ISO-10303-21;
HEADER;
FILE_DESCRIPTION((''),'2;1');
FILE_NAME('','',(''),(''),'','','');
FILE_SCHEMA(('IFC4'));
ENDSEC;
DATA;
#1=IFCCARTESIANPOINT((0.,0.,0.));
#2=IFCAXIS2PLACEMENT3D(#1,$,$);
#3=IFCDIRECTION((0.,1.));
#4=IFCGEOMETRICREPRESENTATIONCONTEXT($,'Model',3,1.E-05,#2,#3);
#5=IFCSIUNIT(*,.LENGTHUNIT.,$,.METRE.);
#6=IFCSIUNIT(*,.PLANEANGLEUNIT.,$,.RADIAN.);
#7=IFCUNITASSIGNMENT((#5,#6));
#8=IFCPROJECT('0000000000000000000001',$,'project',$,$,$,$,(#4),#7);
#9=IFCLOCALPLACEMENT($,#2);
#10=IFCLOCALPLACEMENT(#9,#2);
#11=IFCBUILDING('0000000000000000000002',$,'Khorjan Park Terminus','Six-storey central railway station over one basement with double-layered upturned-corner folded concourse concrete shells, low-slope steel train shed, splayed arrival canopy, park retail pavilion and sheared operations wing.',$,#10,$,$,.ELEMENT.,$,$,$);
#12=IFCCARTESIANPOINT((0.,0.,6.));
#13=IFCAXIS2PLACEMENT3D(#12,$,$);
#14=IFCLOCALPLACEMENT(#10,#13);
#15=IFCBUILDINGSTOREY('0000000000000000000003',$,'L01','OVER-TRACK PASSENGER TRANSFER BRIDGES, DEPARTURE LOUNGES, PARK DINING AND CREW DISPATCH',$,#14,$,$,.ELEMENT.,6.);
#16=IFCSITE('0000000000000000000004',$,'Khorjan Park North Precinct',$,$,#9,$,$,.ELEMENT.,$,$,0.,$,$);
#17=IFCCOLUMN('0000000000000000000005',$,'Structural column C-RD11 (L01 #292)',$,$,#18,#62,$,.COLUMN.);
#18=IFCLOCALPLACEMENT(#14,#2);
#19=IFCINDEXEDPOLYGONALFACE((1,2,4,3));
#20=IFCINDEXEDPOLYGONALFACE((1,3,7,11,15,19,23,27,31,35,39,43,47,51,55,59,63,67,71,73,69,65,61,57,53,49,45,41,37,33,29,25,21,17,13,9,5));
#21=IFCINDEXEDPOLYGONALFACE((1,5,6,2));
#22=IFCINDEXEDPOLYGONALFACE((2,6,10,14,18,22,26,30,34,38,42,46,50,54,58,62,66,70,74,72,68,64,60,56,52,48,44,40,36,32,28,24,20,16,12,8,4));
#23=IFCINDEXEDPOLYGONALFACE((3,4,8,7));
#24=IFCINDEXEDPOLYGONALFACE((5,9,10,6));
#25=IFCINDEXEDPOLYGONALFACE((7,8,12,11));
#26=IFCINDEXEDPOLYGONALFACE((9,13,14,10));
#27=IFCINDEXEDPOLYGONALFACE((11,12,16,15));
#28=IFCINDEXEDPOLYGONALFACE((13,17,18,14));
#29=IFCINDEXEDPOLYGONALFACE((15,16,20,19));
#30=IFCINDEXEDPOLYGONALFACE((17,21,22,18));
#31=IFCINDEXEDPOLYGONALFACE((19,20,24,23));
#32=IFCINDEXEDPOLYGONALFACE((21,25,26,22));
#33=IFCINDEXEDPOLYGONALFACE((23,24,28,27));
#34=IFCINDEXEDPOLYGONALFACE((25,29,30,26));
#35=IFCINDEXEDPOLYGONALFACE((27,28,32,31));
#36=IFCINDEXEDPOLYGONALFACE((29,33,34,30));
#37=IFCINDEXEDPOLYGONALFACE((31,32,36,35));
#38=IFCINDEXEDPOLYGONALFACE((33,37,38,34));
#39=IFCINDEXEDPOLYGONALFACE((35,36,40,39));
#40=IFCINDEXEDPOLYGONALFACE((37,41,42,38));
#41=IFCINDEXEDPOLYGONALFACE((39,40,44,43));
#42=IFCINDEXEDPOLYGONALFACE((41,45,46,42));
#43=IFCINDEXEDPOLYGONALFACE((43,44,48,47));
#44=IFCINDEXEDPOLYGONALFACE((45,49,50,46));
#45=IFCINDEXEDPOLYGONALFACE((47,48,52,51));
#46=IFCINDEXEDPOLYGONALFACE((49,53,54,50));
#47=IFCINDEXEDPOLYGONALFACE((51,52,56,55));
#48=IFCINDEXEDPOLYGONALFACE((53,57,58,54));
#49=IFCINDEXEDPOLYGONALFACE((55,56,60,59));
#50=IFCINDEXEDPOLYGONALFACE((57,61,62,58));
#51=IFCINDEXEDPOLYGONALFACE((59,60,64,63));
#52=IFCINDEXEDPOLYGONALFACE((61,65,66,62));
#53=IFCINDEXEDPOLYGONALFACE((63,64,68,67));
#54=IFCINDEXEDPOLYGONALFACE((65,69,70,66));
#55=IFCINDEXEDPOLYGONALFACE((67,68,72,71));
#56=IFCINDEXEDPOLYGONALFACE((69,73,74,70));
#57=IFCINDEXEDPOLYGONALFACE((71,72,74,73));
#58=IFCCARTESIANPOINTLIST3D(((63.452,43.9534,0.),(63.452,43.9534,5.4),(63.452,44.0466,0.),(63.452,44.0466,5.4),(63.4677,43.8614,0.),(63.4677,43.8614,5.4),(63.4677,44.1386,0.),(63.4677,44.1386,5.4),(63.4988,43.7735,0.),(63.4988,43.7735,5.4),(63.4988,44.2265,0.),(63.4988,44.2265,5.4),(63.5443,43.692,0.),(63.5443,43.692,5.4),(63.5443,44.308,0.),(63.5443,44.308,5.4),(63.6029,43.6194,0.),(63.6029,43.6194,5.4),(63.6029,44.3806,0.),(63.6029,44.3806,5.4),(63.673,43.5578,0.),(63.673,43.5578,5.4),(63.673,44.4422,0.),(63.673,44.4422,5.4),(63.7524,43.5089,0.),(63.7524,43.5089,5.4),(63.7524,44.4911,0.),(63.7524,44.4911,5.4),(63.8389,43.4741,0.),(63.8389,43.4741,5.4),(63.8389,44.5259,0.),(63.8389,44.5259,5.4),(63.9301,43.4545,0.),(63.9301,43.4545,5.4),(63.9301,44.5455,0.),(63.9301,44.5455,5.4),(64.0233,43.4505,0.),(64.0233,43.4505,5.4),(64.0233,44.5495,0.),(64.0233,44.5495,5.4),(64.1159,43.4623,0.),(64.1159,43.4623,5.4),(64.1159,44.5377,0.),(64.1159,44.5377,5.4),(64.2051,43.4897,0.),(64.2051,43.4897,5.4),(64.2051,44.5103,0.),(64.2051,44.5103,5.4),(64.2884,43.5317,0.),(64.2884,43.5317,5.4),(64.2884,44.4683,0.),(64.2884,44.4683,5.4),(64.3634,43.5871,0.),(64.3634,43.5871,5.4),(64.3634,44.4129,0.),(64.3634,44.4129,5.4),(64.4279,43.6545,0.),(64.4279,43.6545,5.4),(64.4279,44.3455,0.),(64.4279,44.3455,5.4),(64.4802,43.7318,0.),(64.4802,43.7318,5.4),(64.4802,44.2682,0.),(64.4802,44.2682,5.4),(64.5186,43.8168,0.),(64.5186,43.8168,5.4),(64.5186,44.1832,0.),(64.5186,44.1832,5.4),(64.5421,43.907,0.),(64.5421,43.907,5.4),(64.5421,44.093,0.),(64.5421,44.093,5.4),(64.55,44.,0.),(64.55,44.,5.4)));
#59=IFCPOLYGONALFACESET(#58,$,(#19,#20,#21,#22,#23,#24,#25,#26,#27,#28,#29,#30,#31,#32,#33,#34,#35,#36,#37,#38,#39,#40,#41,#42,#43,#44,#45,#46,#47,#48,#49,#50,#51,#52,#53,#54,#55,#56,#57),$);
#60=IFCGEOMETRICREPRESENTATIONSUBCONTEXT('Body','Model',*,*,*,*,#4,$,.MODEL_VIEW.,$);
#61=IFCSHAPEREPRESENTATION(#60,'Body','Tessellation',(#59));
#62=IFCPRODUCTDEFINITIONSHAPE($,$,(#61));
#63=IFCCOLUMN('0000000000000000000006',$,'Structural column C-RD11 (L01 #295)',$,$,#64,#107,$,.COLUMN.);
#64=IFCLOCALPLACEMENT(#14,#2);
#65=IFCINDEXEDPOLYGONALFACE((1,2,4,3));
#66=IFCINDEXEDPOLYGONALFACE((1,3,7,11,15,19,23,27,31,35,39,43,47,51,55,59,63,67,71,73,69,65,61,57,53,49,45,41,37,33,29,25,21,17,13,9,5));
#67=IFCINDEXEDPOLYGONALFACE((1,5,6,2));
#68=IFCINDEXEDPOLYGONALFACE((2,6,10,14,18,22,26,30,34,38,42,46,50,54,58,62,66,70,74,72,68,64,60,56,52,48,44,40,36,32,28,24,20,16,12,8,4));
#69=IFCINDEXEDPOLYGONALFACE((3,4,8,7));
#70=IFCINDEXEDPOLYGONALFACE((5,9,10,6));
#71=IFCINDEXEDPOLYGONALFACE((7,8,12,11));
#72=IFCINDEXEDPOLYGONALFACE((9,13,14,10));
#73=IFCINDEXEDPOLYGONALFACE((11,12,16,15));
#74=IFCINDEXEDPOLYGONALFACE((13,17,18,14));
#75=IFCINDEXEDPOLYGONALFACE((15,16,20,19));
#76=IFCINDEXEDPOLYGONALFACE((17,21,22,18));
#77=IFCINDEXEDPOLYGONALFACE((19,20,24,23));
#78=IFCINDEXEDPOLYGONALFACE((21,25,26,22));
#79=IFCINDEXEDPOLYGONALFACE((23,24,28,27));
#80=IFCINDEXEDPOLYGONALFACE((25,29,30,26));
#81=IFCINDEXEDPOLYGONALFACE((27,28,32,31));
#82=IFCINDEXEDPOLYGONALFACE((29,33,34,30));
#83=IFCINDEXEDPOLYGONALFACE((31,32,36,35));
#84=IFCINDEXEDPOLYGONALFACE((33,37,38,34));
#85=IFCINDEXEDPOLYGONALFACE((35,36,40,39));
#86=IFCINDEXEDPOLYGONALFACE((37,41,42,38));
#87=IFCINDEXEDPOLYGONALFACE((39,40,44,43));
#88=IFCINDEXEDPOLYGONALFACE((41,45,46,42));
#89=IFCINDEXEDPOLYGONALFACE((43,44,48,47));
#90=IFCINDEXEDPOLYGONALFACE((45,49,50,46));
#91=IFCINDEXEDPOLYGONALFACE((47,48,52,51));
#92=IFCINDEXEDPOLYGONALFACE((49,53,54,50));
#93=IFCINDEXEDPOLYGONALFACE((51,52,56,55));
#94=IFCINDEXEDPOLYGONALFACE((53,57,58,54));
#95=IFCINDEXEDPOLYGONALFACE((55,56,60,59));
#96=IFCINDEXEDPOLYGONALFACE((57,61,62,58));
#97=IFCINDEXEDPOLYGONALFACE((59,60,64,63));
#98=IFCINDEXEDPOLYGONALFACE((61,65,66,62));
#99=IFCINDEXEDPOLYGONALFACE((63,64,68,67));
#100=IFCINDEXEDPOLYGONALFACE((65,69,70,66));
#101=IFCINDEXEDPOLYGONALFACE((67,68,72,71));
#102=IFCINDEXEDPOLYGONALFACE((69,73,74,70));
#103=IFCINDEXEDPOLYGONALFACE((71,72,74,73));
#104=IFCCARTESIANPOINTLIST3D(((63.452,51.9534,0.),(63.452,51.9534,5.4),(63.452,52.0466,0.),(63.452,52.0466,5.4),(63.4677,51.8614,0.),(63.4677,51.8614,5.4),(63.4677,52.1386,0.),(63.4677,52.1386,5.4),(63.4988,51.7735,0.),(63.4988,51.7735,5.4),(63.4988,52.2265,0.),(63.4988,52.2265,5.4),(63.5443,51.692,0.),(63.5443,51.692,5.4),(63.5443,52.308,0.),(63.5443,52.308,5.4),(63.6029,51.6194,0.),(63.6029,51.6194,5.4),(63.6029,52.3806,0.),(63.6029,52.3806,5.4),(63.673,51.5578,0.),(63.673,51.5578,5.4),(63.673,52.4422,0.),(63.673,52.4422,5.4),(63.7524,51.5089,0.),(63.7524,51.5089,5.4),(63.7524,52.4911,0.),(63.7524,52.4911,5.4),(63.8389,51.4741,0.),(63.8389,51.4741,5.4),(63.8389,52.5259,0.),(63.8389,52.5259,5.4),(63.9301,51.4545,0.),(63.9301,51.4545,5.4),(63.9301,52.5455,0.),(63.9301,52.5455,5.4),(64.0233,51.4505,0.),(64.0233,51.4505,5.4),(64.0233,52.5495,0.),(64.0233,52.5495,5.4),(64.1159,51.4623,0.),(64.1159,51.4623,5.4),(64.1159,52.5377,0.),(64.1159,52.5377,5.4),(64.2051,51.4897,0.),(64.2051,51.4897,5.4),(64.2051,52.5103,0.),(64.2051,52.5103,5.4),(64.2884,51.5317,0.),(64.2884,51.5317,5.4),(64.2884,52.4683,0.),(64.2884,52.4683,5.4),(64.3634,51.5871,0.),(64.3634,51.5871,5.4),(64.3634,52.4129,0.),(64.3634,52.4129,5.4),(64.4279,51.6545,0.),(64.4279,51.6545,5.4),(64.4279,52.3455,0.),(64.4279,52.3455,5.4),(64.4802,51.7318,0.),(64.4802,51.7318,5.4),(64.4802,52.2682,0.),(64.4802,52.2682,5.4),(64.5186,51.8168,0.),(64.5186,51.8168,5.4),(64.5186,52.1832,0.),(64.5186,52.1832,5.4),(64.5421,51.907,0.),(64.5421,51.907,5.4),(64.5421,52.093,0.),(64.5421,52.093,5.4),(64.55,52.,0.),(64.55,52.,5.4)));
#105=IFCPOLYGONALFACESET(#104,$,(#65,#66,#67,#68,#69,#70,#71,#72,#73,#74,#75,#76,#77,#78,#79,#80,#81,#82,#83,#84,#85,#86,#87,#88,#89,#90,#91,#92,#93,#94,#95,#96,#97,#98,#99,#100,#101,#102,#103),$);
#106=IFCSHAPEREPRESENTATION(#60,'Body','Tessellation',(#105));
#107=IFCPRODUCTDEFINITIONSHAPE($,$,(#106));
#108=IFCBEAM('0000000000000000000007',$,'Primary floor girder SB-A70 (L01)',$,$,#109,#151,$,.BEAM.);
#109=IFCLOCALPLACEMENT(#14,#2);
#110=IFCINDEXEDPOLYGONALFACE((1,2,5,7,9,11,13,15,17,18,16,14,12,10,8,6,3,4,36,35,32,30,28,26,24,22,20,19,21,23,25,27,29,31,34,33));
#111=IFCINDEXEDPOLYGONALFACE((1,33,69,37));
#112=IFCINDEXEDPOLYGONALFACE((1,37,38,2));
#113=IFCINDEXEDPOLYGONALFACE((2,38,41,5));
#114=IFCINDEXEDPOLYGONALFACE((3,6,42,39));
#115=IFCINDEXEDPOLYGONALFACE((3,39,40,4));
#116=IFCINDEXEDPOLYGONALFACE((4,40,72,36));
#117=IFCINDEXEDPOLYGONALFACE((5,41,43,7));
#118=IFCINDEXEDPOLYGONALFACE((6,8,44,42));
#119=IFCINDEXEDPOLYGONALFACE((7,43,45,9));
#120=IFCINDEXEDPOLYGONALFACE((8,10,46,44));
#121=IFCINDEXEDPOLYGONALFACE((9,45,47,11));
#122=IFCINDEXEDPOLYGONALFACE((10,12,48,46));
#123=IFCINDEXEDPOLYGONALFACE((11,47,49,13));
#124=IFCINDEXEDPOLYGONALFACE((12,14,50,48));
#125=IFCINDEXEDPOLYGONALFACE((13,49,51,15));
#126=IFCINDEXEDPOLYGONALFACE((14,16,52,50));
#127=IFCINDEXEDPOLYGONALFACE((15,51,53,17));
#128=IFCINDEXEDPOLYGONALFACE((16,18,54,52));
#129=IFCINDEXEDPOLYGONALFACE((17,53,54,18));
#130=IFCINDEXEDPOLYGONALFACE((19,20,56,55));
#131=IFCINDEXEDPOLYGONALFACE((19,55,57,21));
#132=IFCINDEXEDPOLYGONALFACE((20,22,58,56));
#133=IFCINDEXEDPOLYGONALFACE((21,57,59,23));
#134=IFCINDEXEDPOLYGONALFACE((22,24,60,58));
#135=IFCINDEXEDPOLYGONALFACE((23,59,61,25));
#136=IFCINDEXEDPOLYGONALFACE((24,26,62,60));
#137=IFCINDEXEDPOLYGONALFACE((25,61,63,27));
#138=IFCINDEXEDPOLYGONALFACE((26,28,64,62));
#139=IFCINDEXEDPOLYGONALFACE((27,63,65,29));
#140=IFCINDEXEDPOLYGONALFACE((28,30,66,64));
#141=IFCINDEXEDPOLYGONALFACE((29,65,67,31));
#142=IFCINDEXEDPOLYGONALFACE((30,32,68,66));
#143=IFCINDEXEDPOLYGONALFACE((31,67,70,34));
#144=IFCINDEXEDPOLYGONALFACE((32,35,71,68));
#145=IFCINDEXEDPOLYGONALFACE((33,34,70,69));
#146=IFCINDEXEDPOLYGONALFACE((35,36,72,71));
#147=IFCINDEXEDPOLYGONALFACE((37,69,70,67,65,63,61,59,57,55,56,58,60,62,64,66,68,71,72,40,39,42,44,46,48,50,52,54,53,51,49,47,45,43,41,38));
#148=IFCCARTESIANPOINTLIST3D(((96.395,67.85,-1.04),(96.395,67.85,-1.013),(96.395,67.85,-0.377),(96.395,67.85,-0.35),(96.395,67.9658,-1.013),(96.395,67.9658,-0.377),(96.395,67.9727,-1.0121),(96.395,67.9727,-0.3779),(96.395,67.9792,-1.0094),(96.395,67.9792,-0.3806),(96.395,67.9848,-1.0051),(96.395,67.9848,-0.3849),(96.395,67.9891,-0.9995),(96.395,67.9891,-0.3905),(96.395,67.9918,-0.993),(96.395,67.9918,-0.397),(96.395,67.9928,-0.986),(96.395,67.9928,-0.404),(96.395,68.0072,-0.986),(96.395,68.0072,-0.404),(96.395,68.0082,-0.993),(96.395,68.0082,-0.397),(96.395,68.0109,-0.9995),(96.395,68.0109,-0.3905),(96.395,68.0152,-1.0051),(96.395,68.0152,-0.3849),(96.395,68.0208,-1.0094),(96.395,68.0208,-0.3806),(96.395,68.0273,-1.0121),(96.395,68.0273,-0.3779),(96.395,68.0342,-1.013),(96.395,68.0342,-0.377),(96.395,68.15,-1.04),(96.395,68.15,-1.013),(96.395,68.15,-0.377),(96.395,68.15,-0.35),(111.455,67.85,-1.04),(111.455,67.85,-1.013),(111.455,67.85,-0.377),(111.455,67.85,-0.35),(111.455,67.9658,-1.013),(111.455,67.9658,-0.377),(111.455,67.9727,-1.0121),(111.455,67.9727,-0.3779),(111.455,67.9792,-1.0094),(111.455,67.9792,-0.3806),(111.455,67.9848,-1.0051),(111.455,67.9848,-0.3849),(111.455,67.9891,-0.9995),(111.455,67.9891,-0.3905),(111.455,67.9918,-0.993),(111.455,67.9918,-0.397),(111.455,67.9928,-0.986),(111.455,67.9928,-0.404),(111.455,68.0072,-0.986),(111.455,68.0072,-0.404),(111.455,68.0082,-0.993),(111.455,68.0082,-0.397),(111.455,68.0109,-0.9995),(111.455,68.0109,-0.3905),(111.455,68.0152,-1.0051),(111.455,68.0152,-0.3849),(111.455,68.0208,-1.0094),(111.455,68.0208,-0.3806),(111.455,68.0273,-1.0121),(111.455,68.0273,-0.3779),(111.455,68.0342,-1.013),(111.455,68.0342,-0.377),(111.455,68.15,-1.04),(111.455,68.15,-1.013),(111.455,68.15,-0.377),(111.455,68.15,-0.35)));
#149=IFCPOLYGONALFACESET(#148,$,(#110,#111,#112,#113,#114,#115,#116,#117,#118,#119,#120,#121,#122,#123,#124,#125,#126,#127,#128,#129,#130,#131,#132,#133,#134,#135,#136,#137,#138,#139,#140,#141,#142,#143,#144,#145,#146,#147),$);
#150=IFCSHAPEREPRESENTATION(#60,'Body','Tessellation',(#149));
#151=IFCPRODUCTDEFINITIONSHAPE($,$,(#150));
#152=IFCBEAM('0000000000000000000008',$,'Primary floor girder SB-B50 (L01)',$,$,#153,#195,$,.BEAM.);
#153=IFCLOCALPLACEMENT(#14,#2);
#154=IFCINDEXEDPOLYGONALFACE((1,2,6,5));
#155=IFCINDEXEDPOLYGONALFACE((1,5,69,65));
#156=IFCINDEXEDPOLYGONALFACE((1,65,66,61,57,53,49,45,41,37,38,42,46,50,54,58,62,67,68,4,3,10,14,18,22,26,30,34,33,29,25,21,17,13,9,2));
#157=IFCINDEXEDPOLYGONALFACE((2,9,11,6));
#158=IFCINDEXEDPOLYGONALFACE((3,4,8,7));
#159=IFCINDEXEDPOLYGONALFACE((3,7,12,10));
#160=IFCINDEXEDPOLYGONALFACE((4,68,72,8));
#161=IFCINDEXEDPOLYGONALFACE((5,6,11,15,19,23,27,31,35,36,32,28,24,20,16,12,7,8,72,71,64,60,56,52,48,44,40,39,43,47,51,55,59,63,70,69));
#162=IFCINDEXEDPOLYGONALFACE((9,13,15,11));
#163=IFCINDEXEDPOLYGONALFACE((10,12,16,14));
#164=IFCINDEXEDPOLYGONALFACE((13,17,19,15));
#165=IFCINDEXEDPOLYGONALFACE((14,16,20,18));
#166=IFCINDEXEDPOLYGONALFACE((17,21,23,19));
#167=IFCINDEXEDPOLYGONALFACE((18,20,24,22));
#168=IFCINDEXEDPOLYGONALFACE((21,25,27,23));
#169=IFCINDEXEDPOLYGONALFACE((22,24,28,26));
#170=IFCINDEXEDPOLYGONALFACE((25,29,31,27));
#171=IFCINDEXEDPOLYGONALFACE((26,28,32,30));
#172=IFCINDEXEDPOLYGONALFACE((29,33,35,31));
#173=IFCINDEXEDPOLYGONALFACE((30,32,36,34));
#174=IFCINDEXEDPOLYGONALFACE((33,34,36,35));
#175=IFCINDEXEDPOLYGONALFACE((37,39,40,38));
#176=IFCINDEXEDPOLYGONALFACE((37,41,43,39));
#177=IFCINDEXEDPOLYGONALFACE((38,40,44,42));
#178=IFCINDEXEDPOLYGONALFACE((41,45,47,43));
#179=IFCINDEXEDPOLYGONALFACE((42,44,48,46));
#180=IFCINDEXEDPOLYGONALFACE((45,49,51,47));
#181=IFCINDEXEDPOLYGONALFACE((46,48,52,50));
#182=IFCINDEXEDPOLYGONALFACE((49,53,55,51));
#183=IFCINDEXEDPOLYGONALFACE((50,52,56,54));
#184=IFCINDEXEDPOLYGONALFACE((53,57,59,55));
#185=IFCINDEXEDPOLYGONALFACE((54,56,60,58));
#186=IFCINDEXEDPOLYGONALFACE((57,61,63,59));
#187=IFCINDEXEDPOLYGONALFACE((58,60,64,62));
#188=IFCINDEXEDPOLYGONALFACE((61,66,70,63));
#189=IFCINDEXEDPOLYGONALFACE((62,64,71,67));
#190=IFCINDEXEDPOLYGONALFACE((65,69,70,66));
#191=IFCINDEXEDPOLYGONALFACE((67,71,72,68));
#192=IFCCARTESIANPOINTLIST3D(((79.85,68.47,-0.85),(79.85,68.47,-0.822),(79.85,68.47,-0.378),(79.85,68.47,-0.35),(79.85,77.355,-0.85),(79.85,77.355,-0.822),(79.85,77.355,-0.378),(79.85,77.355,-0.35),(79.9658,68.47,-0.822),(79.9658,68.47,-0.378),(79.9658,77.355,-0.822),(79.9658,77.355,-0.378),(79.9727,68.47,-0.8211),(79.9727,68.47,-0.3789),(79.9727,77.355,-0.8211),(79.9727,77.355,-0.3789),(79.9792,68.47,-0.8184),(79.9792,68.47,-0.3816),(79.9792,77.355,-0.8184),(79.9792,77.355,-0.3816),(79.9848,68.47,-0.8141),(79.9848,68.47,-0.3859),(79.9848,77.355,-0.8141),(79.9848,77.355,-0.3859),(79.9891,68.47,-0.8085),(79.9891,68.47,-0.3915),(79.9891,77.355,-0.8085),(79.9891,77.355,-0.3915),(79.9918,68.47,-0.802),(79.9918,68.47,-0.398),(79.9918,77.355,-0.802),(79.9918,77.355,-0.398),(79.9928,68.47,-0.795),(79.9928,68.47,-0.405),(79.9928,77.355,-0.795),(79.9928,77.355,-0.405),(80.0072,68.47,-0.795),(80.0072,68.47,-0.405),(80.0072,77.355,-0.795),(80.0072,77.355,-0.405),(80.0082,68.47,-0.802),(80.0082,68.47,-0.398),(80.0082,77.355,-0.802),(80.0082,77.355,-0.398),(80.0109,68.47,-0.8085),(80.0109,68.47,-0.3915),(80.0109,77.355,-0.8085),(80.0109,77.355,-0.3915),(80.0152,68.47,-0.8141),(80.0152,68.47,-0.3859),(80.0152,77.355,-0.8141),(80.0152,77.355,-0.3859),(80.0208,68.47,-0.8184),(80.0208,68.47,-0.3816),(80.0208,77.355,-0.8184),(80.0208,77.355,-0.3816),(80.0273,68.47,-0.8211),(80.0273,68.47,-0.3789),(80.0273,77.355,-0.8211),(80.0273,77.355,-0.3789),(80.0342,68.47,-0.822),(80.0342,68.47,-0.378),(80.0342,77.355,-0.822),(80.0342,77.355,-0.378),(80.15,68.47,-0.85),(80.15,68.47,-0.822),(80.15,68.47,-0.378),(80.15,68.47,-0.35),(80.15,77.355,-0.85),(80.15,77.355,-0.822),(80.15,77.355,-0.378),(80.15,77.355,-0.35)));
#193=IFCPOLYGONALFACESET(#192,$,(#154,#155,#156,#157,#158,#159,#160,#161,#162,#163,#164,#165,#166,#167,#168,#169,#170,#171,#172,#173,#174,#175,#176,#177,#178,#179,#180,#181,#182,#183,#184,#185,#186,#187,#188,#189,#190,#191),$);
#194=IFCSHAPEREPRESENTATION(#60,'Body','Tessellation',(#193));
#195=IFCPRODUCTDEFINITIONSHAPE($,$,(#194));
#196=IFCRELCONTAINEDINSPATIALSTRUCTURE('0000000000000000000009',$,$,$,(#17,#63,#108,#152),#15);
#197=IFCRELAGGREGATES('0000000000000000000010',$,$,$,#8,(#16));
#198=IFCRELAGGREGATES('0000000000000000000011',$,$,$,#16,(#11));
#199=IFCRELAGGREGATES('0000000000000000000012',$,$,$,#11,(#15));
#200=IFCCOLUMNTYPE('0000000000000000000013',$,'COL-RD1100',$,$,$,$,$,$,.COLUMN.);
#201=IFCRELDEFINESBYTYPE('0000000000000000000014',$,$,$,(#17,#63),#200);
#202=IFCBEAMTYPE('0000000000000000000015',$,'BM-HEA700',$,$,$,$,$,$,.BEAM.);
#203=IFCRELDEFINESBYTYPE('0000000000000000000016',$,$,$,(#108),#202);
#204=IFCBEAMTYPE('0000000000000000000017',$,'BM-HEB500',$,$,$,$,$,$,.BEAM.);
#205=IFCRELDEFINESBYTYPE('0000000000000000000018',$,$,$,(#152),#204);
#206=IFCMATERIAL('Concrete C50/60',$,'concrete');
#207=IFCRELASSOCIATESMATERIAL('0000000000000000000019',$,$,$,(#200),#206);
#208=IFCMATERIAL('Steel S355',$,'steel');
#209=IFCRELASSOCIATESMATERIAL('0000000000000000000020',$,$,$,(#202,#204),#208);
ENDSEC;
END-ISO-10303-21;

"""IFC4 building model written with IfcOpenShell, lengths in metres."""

from ifc_helpers import new_model, si_unit, direction, frame, origin, origin_2d, place, context, subcontext, project, spatial, circle, i_section, extrude, material, material_profile, profile_set, type_object, element, save


model = new_model("IFC4")

# Units and contexts
model_context = context("Model", 3, precision=1e-05, world=origin(), true_north=direction((0.0, 1.0)))
body_context = subcontext(model_context, "Body", "Model", "MODEL_VIEW")
ifc_project = project(units=[si_unit("LENGTHUNIT", "METRE"), si_unit("PLANEANGLEUNIT", "RADIAN")], contexts=[model_context])

# Site, building, storey
site_placement = place(None, origin())
site = spatial("IfcSite", under=ifc_project, at=site_placement, Name="Khorjan Park North Precinct", CompositionType="ELEMENT", RefElevation=0.0)
building_placement = place(site_placement, origin())
building = spatial("IfcBuilding", under=site, at=building_placement, Name="Khorjan Park Terminus", Description="Six-storey central railway station over one basement with double-layered upturned-corner folded concourse concrete shells, low-slope steel train shed, splayed arrival canopy, park retail pavilion and sheared operations wing.", CompositionType="ELEMENT")
storey_placement = place(building_placement, frame((0.0, 0.0, 6.0)))
storey = spatial("IfcBuildingStorey", under=building, at=storey_placement, Name="L01", Description="OVER-TRACK PASSENGER TRANSFER BRIDGES, DEPARTURE LOUNGES, PARK DINING AND CREW DISPATCH", CompositionType="ELEMENT", Elevation=6.0)

# Columns
ifc_material_1 = material(Name="Concrete C50/60", Category="concrete")
ifc_material_profile_1 = material_profile(ifc_material_1, circle(Radius=0.55, at=origin_2d()), Name="RC D1100")
ifc_profile_set_1 = profile_set([ifc_material_profile_1], Name="Concrete C50/60")
column_type = type_object("IfcColumnType", Name="COL-RD1100", PredefinedType="COLUMN", material=ifc_profile_set_1)
for number, where, z_axis, x_axis, name in (
    (1, (64.0, 44.0, 0.0), (0.0, 0.0, 1.0), (1.0, 0.0, 0.0), "Structural column C-RD11 (L01 #292)"),
    (2, (64.0, 52.0, 0.0), (0.0, 0.0, 1.0), (1.0, 0.0, 0.0), "Structural column C-RD11 (L01 #295)"),
):
    element("IfcColumn", number, at=place(storey_placement, frame(where, z_axis=z_axis, x_axis=x_axis)), inside=storey, type_object=column_type, Name=name, PredefinedType="COLUMN", context=body_context, shape_type="SweptSolid", body=[
        extrude(circle(Radius=0.55, at=origin_2d()), origin(), (0.0, 0.0, 1.0), 5.4),
    ])

# Beams
ifc_material_2 = material(Name="Steel S355", Category="steel")
ifc_material_profile_2 = material_profile(ifc_material_2, i_section(OverallWidth=0.3, OverallDepth=0.69, WebThickness=0.0145, FlangeThickness=0.027, FilletRadius=0.027, at=origin_2d()), Name="HEA 700")
ifc_profile_set_2 = profile_set([ifc_material_profile_2], Name="Steel S355")
beam_type_1 = type_object("IfcBeamType", Name="BM-HEA700", PredefinedType="BEAM", material=ifc_profile_set_2)
beam_1_placement = place(storey_placement, frame((96.395, 68.0, -0.695), z_axis=(1.0, 0.0, 0.0), x_axis=(0.0, 1.0, 0.0)))
element("IfcBeam", 3, at=beam_1_placement, inside=storey, type_object=beam_type_1, Name="Primary floor girder SB-A70 (L01)", PredefinedType="BEAM", context=body_context, shape_type="SweptSolid", body=[
    extrude(i_section(OverallWidth=0.3, OverallDepth=0.69, WebThickness=0.0145, FlangeThickness=0.027, FilletRadius=0.027, at=origin_2d()), origin(), (0.0, 0.0, 1.0), 15.06),
])
ifc_material_profile_3 = material_profile(ifc_material_2, i_section(OverallWidth=0.3, OverallDepth=0.5, WebThickness=0.0145, FlangeThickness=0.028, FilletRadius=0.027, at=origin_2d()), Name="HEB 500")
ifc_profile_set_3 = profile_set([ifc_material_profile_3], Name="Steel S355")
beam_type_2 = type_object("IfcBeamType", Name="BM-HEB500", PredefinedType="BEAM", material=ifc_profile_set_3)
beam_2_placement = place(storey_placement, frame((80.0, 68.47, -0.6), z_axis=(0.0, 1.0, 0.0), x_axis=(-1.0, 0.0, 0.0)))
element("IfcBeam", 4, at=beam_2_placement, inside=storey, type_object=beam_type_2, Name="Primary floor girder SB-B50 (L01)", PredefinedType="BEAM", context=body_context, shape_type="SweptSolid", body=[
    extrude(i_section(OverallWidth=0.3, OverallDepth=0.5, WebThickness=0.0145, FlangeThickness=0.028, FilletRadius=0.027, at=origin_2d()), origin(), (0.0, 0.0, 1.0), 8.885),
])

save(model, "model.ifc")
